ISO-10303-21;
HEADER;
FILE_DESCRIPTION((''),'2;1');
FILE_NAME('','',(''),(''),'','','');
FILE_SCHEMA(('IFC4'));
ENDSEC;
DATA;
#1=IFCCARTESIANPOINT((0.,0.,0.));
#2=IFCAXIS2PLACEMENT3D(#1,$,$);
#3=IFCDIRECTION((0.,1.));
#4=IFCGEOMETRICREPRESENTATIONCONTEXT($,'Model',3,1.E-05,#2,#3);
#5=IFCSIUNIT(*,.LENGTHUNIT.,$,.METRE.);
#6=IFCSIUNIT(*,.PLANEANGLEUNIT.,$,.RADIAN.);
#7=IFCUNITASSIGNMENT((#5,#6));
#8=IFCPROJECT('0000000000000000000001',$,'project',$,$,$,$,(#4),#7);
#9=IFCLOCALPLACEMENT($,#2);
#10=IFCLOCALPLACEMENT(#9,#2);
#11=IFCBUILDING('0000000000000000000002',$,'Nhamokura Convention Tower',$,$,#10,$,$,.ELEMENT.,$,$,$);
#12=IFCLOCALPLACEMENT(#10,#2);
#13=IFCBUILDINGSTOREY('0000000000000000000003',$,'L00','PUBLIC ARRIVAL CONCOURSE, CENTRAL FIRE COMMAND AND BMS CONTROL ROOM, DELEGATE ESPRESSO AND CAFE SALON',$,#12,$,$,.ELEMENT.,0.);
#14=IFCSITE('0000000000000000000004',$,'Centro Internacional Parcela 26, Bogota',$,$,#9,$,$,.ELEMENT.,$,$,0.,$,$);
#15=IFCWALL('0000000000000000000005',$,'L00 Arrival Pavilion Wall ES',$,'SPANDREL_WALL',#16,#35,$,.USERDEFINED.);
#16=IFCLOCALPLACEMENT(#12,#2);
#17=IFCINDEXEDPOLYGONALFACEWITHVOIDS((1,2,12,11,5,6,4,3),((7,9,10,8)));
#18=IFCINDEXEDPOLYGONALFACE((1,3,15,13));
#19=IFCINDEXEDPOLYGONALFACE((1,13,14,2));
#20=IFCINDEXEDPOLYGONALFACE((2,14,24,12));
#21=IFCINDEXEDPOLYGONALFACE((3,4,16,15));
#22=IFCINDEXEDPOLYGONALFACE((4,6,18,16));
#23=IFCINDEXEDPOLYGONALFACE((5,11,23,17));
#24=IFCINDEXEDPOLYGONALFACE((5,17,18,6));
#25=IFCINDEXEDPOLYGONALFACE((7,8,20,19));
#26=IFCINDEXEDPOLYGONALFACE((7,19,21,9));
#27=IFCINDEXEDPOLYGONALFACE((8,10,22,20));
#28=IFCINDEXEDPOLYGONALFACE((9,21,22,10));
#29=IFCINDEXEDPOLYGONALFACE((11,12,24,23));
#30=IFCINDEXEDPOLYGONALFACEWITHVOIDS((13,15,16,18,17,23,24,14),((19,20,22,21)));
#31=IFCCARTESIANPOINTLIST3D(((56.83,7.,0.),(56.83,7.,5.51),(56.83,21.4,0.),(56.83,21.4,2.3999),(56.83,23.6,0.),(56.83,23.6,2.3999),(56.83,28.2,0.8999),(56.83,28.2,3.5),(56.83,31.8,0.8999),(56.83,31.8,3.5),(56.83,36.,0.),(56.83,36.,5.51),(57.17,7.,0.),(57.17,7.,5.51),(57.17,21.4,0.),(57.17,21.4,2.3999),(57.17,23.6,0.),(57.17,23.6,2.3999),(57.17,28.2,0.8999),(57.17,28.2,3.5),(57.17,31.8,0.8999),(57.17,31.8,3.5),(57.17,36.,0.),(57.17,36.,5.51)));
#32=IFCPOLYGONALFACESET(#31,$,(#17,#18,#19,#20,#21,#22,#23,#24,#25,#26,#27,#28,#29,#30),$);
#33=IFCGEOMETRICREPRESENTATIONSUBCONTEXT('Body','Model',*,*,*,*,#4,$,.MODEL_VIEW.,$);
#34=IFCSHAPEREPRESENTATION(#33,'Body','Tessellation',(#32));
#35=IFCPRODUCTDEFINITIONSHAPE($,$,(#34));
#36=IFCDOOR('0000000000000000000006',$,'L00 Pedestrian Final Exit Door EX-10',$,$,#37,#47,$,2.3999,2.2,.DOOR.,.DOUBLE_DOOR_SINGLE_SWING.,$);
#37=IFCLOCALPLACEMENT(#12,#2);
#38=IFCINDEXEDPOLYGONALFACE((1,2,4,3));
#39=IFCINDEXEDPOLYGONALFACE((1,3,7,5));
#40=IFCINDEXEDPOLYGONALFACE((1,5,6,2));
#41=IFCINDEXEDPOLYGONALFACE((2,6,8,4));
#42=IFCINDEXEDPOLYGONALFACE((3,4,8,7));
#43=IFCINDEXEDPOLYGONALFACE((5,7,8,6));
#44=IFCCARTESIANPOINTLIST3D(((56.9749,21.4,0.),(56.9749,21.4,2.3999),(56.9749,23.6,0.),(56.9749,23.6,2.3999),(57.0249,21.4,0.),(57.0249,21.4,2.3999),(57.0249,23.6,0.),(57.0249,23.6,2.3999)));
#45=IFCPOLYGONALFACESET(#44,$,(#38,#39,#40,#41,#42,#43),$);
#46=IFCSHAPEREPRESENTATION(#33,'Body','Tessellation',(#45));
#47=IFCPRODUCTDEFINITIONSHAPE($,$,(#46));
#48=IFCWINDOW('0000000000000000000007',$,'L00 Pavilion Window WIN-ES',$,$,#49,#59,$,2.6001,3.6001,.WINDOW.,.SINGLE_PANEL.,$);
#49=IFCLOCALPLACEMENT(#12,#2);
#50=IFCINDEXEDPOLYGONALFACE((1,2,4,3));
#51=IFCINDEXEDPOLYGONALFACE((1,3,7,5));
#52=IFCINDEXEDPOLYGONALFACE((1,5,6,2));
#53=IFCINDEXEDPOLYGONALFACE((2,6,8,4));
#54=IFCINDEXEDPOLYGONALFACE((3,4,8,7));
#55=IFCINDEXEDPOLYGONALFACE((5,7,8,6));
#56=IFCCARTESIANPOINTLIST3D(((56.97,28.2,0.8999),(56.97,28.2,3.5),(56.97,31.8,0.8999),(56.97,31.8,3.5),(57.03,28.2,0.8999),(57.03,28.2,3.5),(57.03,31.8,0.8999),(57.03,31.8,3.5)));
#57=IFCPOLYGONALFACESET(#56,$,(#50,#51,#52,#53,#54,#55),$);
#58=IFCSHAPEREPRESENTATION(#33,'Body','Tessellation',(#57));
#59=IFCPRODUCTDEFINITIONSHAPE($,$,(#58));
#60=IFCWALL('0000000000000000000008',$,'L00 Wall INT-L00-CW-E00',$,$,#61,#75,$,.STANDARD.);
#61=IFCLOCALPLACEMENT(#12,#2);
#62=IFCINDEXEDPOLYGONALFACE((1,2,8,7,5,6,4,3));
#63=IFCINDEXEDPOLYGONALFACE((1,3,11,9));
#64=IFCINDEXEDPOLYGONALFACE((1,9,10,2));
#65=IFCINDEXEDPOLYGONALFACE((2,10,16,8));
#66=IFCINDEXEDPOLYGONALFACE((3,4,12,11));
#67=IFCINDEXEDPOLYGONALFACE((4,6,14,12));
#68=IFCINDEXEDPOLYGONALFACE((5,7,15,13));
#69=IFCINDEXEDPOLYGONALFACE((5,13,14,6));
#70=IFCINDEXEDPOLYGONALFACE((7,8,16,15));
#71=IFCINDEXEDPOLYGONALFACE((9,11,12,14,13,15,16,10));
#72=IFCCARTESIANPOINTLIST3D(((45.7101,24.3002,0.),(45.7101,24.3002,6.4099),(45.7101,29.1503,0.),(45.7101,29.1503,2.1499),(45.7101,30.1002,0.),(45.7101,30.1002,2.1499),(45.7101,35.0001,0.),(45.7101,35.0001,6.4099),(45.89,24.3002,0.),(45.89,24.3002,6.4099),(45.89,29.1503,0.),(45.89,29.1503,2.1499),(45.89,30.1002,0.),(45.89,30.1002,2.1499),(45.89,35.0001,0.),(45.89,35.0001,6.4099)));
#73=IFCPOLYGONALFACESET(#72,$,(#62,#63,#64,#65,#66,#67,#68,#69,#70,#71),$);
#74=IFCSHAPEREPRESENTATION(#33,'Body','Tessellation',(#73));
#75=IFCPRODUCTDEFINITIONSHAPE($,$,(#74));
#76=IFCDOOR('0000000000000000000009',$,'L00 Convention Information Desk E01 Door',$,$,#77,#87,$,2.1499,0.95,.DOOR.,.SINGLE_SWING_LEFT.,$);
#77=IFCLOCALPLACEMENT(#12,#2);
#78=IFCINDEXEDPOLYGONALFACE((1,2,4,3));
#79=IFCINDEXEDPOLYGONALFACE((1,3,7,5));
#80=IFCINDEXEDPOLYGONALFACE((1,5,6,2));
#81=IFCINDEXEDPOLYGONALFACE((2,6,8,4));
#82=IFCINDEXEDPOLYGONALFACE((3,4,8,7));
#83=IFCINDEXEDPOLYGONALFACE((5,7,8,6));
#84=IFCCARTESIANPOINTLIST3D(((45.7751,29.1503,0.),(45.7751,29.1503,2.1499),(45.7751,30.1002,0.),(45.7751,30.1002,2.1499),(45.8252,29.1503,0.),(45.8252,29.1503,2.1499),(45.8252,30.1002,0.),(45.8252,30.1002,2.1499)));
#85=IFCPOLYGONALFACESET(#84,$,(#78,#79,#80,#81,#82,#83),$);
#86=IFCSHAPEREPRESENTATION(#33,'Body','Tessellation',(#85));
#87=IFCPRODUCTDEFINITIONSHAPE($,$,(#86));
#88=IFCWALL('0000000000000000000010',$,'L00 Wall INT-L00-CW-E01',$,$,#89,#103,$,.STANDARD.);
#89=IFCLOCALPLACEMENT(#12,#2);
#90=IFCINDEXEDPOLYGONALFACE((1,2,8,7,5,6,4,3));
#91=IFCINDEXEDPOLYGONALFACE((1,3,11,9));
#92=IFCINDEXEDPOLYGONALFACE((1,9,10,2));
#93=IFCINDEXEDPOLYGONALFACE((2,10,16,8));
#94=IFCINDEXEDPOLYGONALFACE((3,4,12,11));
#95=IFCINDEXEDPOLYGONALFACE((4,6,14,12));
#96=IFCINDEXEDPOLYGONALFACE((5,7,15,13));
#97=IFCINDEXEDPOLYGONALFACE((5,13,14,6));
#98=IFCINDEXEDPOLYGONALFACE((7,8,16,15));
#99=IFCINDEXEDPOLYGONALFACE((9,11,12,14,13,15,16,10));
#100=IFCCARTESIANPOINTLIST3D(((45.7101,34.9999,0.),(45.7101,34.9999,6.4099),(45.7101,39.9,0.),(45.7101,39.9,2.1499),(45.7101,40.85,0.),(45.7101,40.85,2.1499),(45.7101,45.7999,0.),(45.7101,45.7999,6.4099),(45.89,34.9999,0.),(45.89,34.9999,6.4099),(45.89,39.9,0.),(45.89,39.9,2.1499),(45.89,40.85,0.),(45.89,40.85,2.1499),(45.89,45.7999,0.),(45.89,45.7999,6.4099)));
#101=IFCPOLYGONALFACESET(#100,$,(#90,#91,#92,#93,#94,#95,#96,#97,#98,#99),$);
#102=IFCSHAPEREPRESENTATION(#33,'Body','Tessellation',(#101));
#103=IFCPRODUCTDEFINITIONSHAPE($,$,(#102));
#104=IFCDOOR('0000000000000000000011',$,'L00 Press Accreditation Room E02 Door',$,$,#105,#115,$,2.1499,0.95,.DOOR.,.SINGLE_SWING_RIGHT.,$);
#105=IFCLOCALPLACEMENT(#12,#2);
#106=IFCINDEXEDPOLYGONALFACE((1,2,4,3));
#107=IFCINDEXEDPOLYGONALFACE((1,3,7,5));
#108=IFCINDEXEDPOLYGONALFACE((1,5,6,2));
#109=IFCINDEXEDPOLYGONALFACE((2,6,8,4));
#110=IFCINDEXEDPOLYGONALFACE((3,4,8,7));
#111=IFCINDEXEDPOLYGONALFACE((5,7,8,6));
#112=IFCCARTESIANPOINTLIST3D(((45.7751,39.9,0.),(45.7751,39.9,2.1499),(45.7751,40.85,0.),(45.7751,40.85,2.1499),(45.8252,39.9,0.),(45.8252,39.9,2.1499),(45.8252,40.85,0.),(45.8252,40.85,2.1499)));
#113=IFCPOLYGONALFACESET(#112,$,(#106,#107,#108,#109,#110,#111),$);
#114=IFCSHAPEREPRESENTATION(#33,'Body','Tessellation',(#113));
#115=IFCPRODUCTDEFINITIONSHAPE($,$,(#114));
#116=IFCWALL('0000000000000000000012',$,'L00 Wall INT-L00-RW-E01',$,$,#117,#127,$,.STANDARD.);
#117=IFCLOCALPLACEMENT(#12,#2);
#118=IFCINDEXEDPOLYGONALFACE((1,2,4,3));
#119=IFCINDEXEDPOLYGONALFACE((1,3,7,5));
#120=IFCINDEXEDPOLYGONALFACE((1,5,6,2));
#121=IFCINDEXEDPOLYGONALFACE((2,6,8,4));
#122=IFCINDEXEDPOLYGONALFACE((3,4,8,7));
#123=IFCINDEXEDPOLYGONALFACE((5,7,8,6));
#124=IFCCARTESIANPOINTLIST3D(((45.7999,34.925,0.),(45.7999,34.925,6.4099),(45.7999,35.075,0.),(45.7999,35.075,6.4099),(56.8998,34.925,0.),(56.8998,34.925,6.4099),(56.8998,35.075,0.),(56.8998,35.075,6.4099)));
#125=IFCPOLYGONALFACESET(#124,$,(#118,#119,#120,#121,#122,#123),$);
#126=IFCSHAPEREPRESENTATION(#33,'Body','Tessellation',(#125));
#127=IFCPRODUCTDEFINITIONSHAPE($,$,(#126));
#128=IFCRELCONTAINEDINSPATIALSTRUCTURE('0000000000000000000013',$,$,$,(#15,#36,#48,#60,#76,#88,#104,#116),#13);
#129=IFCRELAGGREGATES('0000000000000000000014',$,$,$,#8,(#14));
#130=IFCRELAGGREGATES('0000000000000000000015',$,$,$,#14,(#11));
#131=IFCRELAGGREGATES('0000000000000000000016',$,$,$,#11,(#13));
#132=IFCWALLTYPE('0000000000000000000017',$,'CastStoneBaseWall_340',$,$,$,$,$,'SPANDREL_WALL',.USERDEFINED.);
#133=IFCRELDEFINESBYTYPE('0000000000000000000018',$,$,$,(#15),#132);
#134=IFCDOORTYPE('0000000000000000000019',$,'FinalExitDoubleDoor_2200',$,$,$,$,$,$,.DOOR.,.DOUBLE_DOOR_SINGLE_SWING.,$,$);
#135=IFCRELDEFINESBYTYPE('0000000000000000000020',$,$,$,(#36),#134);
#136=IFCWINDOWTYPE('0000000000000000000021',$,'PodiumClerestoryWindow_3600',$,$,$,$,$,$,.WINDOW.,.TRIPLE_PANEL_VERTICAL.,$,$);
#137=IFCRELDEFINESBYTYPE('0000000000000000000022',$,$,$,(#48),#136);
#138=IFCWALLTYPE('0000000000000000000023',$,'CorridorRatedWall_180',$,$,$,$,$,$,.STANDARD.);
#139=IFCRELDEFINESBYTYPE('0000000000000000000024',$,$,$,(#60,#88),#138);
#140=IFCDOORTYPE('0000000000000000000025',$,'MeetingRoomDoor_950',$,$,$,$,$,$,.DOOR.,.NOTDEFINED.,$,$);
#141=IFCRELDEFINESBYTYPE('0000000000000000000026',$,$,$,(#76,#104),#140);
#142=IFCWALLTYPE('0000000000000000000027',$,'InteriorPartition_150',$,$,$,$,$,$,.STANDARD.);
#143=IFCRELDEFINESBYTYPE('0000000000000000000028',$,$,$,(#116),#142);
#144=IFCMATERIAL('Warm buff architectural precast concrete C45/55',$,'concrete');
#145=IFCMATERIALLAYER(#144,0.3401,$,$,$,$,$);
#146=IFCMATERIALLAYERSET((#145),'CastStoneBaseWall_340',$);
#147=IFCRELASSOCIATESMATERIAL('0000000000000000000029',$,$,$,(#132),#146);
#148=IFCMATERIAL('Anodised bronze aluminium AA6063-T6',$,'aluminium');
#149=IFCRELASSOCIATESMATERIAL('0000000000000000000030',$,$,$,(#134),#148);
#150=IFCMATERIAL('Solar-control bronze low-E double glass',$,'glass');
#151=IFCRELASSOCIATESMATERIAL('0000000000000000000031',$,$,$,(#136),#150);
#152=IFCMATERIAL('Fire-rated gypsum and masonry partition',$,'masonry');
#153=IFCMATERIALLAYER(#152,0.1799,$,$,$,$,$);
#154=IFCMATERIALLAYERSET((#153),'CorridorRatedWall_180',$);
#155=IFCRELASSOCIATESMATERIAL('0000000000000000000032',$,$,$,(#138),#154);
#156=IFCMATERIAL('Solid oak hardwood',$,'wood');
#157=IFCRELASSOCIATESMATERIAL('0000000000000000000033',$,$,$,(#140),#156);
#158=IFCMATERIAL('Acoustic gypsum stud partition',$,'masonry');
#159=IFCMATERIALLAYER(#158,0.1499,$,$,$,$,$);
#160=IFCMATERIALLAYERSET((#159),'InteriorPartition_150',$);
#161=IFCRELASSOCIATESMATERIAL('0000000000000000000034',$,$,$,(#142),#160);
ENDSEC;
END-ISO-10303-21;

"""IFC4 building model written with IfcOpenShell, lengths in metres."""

from ifc_helpers import new_model, si_unit, direction, frame, frame_2d, origin, place, context, subcontext, project, spatial, rectangle, extrude, material, layer, layer_set, type_object, element, fill, save


model = new_model("IFC4")

# Units and contexts
model_context = context("Model", 3, precision=1e-05, world=origin(), true_north=direction((0.0, 1.0)))
body_context = subcontext(model_context, "Body", "Model", "MODEL_VIEW")
ifc_project = project(units=[si_unit("LENGTHUNIT", "METRE"), si_unit("PLANEANGLEUNIT", "RADIAN")], contexts=[model_context])

# Site, building, storey
site_placement = place(None, origin())
site = spatial("IfcSite", under=ifc_project, at=site_placement, Name="Centro Internacional Parcela 26, Bogota", CompositionType="ELEMENT", RefElevation=0.0)
building_placement = place(site_placement, origin())
building = spatial("IfcBuilding", under=site, at=building_placement, Name="Nhamokura Convention Tower", CompositionType="ELEMENT")
storey_placement = place(building_placement, origin())
storey = spatial("IfcBuildingStorey", under=building, at=storey_placement, Name="L00", Description="PUBLIC ARRIVAL CONCOURSE, CENTRAL FIRE COMMAND AND BMS CONTROL ROOM, DELEGATE ESPRESSO AND CAFE SALON", CompositionType="ELEMENT", Elevation=0.0)

# Wall, openings, door, window
ifc_material_1 = material(Name="Warm buff architectural precast concrete C45/55", Category="concrete")
ifc_layer_1 = layer(ifc_material_1, 0.3401)
ifc_layer_set_1 = layer_set([ifc_layer_1], Name="CastStoneBaseWall_340")
wall_type_1 = type_object("IfcWallType", Name="CastStoneBaseWall_340", ElementType="SPANDREL_WALL", PredefinedType="USERDEFINED", material=ifc_layer_set_1)
wall_1_placement = place(storey_placement, frame((57.0, 36.0, 0.0), z_axis=(0.0, 0.0, 1.0), x_axis=(0.0, -1.0, 0.0)))
wall_1 = element("IfcWall", 1, at=wall_1_placement, inside=storey, type_object=wall_type_1, Name="L00 Arrival Pavilion Wall ES", ObjectType="SPANDREL_WALL", PredefinedType="USERDEFINED", context=body_context, shape_type="SweptSolid", body=[
    extrude(rectangle(XDim=29.0, YDim=0.3401, at=frame_2d((14.5, 0.0))), origin(), (0.0, 0.0, 1.0), 5.51),
])
opening_1_placement = place(wall_1_placement, frame((12.3999, 0.0, 0.0)))
opening_1 = element("IfcOpeningElement", 2, at=opening_1_placement, cuts=wall_1, PredefinedType="OPENING", context=body_context, shape_type="SweptSolid", body=[
    extrude(rectangle(XDim=2.2, YDim=2.3999, at=frame_2d((1.1001, 1.2))), frame((0.0, 0.1799, 0.0), z_axis=(0.0, -1.0, 0.0), x_axis=(1.0, 0.0, 0.0)), (0.0, 0.0, 1.0), 0.3601),
])
opening_2_placement = place(wall_1_placement, frame((4.2, 0.0, 0.8999)))
opening_2 = element("IfcOpeningElement", 3, at=opening_2_placement, cuts=wall_1, PredefinedType="OPENING", context=body_context, shape_type="SweptSolid", body=[
    extrude(rectangle(XDim=3.6001, YDim=2.6001, at=frame_2d((1.8, 1.3))), frame((0.0, 0.1799, 0.0), z_axis=(0.0, -1.0, 0.0), x_axis=(1.0, 0.0, 0.0)), (0.0, 0.0, 1.0), 0.3601),
])
ifc_material_2 = material(Name="Anodised bronze aluminium AA6063-T6", Category="aluminium")
door_type_1 = type_object("IfcDoorType", Name="FinalExitDoubleDoor_2200", OperationType="DOUBLE_DOOR_SINGLE_SWING", PredefinedType="DOOR", material=ifc_material_2)
door_1_placement = place(opening_1_placement, origin())
door_1 = element("IfcDoor", 4, at=door_1_placement, inside=storey, type_object=door_type_1, Name="L00 Pedestrian Final Exit Door EX-10", OperationType="DOUBLE_DOOR_SINGLE_SWING", OverallHeight=2.3999, OverallWidth=2.2, PredefinedType="DOOR", context=body_context, shape_type="SweptSolid", body=[
    extrude(rectangle(XDim=2.2, YDim=2.3999, at=frame_2d((1.1001, 1.2))), frame((0.0, 0.0249, 0.0), z_axis=(0.0, -1.0, 0.0), x_axis=(1.0, 0.0, 0.0)), (0.0, 0.0, 1.0), 0.05),
])
fill(opening_1, door_1)
ifc_material_3 = material(Name="Solar-control bronze low-E double glass", Category="glass")
window_type = type_object("IfcWindowType", Name="PodiumClerestoryWindow_3600", PartitioningType="TRIPLE_PANEL_VERTICAL", PredefinedType="WINDOW", material=ifc_material_3)
window_placement = place(opening_2_placement, origin())
window = element("IfcWindow", 5, at=window_placement, inside=storey, type_object=window_type, Name="L00 Pavilion Window WIN-ES", OverallHeight=2.6001, OverallWidth=3.6001, PartitioningType="SINGLE_PANEL", PredefinedType="WINDOW", context=body_context, shape_type="SweptSolid", body=[
    extrude(rectangle(XDim=3.6001, YDim=2.6001, at=frame_2d((1.8, 1.3))), frame((0.0, 0.03, 0.0), z_axis=(0.0, -1.0, 0.0), x_axis=(1.0, 0.0, 0.0)), (0.0, 0.0, 1.0), 0.0601),
])
fill(opening_2, window)

# Walls, openings, doors
ifc_material_4 = material(Name="Fire-rated gypsum and masonry partition", Category="masonry")
ifc_layer_2 = layer(ifc_material_4, 0.1799)
ifc_layer_set_2 = layer_set([ifc_layer_2], Name="CorridorRatedWall_180")
wall_type_2 = type_object("IfcWallType", Name="CorridorRatedWall_180", PredefinedType="STANDARD", material=ifc_layer_set_2)
wall_2_placement = place(storey_placement, frame((45.8, 24.3, 0.0), z_axis=(0.0, 0.0, 1.0), x_axis=(0.0, 1.0, 0.0)))
wall_2 = element("IfcWall", 6, at=wall_2_placement, inside=storey, type_object=wall_type_2, Name="L00 Wall INT-L00-CW-E00", PredefinedType="STANDARD", context=body_context, shape_type="SweptSolid", body=[
    extrude(rectangle(XDim=10.7, YDim=0.1799, at=frame_2d((5.3501, 0.0))), origin(), (0.0, 0.0, 1.0), 6.4099),
])
opening_3_placement = place(wall_2_placement, frame((4.8501, 0.0, 0.0)))
opening_3 = element("IfcOpeningElement", 7, at=opening_3_placement, cuts=wall_2, PredefinedType="OPENING", context=body_context, shape_type="SweptSolid", body=[
    extrude(rectangle(XDim=0.95, YDim=2.1499, at=frame_2d((0.4751, 1.075))), frame((0.0, 0.0999, 0.0), z_axis=(0.0, -1.0, 0.0), x_axis=(1.0, 0.0, 0.0)), (0.0, 0.0, 1.0), 0.2),
])
ifc_material_5 = material(Name="Solid oak hardwood", Category="wood")
door_type_2 = type_object("IfcDoorType", Name="MeetingRoomDoor_950", OperationType="NOTDEFINED", PredefinedType="DOOR", material=ifc_material_5)
door_2_placement = place(opening_3_placement, origin())
door_2 = element("IfcDoor", 8, at=door_2_placement, inside=storey, type_object=door_type_2, Name="L00 Convention Information Desk E01 Door", OperationType="SINGLE_SWING_LEFT", OverallHeight=2.1499, OverallWidth=0.95, PredefinedType="DOOR", context=body_context, shape_type="SweptSolid", body=[
    extrude(rectangle(XDim=0.95, YDim=2.1499, at=frame_2d((0.4751, 1.075))), frame((0.0, 0.0249, 0.0), z_axis=(0.0, -1.0, 0.0), x_axis=(1.0, 0.0, 0.0)), (0.0, 0.0, 1.0), 0.05),
])
fill(opening_3, door_2)
wall_3_placement = place(storey_placement, frame((45.8, 35.0, 0.0), z_axis=(0.0, 0.0, 1.0), x_axis=(0.0, 1.0, 0.0)))
wall_3 = element("IfcWall", 9, at=wall_3_placement, inside=storey, type_object=wall_type_2, Name="L00 Wall INT-L00-CW-E01", PredefinedType="STANDARD", context=body_context, shape_type="SweptSolid", body=[
    extrude(rectangle(XDim=10.8, YDim=0.1799, at=frame_2d((5.3999, 0.0))), origin(), (0.0, 0.0, 1.0), 6.4099),
])
opening_4_placement = place(wall_3_placement, frame((4.8999, 0.0, 0.0)))
opening_4 = element("IfcOpeningElement", 10, at=opening_4_placement, cuts=wall_3, PredefinedType="OPENING", context=body_context, shape_type="SweptSolid", body=[
    extrude(rectangle(XDim=0.95, YDim=2.1499, at=frame_2d((0.4751, 1.075))), frame((0.0, 0.0999, 0.0), z_axis=(0.0, -1.0, 0.0), x_axis=(1.0, 0.0, 0.0)), (0.0, 0.0, 1.0), 0.2),
])
door_3_placement = place(opening_4_placement, origin())
door_3 = element("IfcDoor", 11, at=door_3_placement, inside=storey, type_object=door_type_2, Name="L00 Press Accreditation Room E02 Door", OperationType="SINGLE_SWING_RIGHT", OverallHeight=2.1499, OverallWidth=0.95, PredefinedType="DOOR", context=body_context, shape_type="SweptSolid", body=[
    extrude(rectangle(XDim=0.95, YDim=2.1499, at=frame_2d((0.4751, 1.075))), frame((0.0, 0.0249, 0.0), z_axis=(0.0, -1.0, 0.0), x_axis=(1.0, 0.0, 0.0)), (0.0, 0.0, 1.0), 0.05),
])
fill(opening_4, door_3)

# Wall
ifc_material_6 = material(Name="Acoustic gypsum stud partition", Category="masonry")
ifc_layer_3 = layer(ifc_material_6, 0.1499)
ifc_layer_set_3 = layer_set([ifc_layer_3], Name="InteriorPartition_150")
wall_type_3 = type_object("IfcWallType", Name="InteriorPartition_150", PredefinedType="STANDARD", material=ifc_layer_set_3)
wall_4_placement = place(storey_placement, frame((45.8, 35.0, 0.0), z_axis=(0.0, 0.0, 1.0), x_axis=(1.0, 0.0, 0.0)))
element("IfcWall", 12, at=wall_4_placement, inside=storey, type_object=wall_type_3, Name="L00 Wall INT-L00-RW-E01", PredefinedType="STANDARD", context=body_context, shape_type="SweptSolid", body=[
    extrude(rectangle(XDim=11.0999, YDim=0.1499, at=frame_2d((5.5498, 0.0))), origin(), (0.0, 0.0, 1.0), 6.4099),
])

save(model, "model.ifc")
